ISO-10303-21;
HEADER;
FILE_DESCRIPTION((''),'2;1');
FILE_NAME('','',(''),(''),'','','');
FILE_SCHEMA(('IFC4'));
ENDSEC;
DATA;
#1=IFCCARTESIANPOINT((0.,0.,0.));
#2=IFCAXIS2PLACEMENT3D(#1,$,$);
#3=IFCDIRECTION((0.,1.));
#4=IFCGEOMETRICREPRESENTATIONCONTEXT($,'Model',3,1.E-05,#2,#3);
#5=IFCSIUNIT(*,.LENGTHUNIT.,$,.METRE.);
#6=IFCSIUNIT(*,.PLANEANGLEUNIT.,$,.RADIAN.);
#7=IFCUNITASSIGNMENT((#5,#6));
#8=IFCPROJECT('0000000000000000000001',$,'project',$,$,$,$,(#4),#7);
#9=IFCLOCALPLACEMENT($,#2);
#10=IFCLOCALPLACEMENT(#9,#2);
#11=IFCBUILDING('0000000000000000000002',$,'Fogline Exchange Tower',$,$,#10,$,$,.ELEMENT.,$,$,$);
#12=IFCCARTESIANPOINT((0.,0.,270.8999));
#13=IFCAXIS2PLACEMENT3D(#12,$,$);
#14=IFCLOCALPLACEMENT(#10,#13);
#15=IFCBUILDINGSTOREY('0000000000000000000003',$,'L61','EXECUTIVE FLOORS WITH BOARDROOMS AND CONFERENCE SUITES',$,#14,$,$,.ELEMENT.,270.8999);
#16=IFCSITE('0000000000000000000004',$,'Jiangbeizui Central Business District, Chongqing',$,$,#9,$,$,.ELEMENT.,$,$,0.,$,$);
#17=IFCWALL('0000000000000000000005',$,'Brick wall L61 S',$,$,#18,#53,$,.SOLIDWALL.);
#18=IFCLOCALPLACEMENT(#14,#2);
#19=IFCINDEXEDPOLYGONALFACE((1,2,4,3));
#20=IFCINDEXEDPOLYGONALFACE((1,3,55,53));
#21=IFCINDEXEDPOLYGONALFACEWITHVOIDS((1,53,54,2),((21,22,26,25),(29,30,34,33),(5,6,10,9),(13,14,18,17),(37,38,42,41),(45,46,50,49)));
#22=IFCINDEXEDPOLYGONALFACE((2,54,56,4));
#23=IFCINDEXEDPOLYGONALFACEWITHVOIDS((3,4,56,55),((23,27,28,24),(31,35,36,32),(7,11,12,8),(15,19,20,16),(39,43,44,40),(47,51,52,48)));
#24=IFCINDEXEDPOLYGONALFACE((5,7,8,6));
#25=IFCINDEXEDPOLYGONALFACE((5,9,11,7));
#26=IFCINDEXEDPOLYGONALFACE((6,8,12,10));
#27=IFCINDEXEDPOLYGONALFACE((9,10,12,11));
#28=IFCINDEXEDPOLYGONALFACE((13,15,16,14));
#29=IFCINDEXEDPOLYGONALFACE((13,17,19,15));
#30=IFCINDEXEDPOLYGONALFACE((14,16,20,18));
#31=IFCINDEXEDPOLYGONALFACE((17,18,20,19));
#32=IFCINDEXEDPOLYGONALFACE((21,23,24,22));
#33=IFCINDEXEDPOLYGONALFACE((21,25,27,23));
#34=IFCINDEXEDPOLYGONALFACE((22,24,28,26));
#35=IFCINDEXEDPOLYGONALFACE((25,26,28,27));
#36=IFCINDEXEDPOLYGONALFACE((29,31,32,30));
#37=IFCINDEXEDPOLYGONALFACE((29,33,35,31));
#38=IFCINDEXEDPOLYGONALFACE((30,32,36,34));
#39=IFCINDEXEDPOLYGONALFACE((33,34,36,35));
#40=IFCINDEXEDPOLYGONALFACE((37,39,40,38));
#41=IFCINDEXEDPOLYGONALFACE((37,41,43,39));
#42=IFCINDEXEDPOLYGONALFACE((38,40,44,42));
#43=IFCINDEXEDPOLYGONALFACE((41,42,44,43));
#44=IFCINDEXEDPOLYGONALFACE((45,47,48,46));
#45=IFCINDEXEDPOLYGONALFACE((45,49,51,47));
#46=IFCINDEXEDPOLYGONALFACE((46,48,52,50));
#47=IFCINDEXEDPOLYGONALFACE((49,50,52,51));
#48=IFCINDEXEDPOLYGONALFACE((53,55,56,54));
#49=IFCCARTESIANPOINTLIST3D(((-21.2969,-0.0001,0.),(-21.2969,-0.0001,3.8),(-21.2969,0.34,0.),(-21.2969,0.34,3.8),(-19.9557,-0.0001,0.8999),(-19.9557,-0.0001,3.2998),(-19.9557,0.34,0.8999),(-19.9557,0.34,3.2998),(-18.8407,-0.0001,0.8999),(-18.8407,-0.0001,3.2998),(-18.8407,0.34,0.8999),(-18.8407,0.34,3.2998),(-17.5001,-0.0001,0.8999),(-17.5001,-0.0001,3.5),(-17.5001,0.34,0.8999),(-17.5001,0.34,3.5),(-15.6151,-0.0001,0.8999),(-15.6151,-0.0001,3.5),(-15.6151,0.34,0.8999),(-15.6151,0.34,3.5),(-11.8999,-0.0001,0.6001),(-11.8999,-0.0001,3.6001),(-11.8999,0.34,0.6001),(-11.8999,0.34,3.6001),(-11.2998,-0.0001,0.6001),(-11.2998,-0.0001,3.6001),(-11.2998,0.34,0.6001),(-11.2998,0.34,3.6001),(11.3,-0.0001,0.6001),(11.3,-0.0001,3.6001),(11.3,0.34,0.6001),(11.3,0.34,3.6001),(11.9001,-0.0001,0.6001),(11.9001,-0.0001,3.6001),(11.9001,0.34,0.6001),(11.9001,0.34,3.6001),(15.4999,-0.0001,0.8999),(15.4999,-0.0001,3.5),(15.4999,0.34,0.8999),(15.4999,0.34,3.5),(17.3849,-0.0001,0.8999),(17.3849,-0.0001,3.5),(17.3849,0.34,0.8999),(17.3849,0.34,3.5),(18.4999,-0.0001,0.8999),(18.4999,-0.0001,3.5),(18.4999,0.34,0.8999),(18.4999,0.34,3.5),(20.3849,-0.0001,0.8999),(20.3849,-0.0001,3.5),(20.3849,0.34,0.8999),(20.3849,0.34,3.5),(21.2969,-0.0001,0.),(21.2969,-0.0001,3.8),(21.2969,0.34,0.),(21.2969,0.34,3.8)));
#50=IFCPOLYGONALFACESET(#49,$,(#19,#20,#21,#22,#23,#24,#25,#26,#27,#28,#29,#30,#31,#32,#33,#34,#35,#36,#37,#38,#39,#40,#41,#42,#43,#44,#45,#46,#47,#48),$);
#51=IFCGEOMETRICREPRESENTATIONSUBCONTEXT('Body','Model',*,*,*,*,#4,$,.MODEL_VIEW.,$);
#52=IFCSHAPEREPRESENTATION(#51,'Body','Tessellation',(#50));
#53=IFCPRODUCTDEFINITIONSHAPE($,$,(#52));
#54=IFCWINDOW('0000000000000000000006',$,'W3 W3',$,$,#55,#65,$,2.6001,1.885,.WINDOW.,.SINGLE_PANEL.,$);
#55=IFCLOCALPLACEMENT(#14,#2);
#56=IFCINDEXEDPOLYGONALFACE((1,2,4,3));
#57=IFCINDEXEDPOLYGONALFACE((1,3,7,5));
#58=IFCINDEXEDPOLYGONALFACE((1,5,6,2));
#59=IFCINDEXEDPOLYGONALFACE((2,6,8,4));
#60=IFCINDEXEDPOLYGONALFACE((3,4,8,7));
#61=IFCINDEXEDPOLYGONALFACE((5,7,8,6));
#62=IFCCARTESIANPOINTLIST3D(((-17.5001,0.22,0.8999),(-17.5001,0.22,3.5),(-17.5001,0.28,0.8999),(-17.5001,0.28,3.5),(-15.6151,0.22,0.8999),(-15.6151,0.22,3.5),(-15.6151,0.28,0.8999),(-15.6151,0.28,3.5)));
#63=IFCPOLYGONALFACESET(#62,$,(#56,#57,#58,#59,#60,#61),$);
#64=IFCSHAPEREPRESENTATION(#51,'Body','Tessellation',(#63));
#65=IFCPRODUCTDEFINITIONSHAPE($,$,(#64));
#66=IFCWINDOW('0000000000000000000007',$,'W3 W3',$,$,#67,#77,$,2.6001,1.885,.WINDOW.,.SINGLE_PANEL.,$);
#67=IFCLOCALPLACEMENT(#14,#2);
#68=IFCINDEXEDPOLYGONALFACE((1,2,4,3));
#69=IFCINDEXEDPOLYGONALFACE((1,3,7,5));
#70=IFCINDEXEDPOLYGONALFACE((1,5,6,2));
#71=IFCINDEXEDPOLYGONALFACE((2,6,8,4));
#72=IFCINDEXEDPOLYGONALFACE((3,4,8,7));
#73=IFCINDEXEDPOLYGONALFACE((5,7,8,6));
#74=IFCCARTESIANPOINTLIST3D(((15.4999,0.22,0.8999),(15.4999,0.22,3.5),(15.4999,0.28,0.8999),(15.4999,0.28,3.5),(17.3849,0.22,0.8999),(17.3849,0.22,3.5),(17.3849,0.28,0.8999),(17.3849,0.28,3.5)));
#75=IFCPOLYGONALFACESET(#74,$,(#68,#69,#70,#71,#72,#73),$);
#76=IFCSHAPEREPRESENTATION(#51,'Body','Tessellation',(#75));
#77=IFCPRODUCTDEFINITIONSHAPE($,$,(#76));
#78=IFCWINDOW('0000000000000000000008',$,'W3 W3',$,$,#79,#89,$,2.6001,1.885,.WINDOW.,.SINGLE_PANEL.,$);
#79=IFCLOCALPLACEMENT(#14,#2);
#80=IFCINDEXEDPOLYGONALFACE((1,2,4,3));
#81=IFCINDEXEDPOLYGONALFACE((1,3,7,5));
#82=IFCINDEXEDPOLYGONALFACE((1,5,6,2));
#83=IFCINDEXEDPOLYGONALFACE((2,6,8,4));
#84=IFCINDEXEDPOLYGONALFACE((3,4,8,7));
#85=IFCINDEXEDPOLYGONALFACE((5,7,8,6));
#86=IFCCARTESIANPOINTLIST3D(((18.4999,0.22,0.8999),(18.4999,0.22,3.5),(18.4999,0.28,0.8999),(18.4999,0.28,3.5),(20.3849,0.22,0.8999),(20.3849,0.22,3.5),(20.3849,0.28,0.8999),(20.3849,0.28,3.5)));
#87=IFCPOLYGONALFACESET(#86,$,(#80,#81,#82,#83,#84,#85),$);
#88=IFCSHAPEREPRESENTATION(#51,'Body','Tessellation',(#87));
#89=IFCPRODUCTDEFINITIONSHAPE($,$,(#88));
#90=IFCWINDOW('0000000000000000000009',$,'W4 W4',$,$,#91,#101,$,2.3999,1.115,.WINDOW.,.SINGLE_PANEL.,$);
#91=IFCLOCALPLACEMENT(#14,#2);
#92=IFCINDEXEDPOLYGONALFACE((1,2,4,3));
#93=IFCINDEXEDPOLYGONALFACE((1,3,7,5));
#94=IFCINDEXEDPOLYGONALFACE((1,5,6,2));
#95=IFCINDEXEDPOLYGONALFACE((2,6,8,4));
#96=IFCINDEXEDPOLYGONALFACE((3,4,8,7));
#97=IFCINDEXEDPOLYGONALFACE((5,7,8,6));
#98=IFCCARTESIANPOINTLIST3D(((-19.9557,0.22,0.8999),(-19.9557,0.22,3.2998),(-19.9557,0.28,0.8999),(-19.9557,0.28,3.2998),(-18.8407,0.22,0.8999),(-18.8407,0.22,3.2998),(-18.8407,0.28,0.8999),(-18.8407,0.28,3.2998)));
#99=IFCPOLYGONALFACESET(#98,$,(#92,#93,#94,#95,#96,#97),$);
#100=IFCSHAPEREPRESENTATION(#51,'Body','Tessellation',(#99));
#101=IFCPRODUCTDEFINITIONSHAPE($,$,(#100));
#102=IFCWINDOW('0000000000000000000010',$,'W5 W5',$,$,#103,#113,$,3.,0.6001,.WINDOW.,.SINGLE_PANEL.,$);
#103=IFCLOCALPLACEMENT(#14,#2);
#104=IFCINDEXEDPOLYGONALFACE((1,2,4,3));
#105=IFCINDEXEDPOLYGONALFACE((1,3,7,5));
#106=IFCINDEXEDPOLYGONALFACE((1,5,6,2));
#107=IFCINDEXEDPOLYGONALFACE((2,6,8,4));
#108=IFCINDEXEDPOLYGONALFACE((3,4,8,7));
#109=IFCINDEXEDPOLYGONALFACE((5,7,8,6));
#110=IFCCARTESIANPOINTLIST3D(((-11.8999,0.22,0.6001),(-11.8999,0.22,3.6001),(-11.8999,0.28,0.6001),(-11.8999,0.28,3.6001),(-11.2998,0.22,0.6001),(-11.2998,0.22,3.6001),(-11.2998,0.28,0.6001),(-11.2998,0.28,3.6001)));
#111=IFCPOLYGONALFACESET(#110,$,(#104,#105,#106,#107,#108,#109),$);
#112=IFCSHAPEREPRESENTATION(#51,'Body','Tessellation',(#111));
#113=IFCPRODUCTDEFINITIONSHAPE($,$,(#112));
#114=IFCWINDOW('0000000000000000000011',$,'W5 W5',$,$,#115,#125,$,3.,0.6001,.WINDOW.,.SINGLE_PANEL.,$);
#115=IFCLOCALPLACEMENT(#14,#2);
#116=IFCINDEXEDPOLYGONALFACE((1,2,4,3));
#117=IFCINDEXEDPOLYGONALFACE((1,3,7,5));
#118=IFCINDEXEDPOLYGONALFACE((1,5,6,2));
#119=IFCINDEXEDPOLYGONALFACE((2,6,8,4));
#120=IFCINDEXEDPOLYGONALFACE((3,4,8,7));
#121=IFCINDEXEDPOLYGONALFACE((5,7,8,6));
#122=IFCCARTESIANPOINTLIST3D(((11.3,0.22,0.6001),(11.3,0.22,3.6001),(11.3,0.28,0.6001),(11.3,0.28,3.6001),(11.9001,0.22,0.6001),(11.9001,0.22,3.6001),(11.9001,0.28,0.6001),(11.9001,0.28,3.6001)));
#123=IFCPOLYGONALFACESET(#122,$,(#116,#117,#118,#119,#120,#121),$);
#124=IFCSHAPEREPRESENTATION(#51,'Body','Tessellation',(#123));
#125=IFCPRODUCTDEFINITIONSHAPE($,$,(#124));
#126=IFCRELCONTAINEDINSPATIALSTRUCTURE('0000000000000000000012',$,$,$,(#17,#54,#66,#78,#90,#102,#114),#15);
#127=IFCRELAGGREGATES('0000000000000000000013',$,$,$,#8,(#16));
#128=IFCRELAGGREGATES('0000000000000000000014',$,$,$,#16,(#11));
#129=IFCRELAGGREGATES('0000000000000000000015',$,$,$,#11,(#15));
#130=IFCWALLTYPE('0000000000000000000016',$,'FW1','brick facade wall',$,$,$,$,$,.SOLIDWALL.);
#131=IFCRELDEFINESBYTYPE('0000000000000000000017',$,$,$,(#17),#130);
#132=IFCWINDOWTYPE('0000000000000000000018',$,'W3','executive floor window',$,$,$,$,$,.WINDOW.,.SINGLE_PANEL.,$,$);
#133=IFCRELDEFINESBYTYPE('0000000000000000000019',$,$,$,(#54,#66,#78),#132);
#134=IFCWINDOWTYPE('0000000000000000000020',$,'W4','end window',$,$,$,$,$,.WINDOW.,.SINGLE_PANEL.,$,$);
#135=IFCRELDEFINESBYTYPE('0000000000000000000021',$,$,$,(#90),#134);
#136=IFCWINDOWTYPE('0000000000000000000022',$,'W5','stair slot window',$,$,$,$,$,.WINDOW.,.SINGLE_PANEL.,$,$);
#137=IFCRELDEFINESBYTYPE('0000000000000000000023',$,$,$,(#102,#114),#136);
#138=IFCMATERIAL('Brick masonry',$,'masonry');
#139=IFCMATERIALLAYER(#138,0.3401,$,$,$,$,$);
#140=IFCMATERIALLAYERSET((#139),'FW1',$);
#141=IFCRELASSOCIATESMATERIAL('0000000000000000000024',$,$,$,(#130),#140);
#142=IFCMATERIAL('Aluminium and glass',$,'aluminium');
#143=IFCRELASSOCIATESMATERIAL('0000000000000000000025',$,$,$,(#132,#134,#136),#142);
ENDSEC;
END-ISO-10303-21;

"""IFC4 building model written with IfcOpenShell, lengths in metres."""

from ifc_helpers import new_model, si_unit, direction, frame, frame_2d, origin, place, context, subcontext, project, spatial, rectangle, extrude, material, layer, layer_set, type_object, element, fill, save


model = new_model("IFC4")

# Units and contexts
model_context = context("Model", 3, precision=1e-05, world=origin(), true_north=direction((0.0, 1.0)))
body_context = subcontext(model_context, "Body", "Model", "MODEL_VIEW")
ifc_project = project(units=[si_unit("LENGTHUNIT", "METRE"), si_unit("PLANEANGLEUNIT", "RADIAN")], contexts=[model_context])

# Site, building, storey
site_placement = place(None, origin())
site = spatial("IfcSite", under=ifc_project, at=site_placement, Name="Jiangbeizui Central Business District, Chongqing", CompositionType="ELEMENT", RefElevation=0.0)
building_placement = place(site_placement, origin())
building = spatial("IfcBuilding", under=site, at=building_placement, Name="Fogline Exchange Tower", CompositionType="ELEMENT")
storey_placement = place(building_placement, frame((0.0, 0.0, 270.8999)))
storey = spatial("IfcBuildingStorey", under=building, at=storey_placement, Name="L61", Description="EXECUTIVE FLOORS WITH BOARDROOMS AND CONFERENCE SUITES", CompositionType="ELEMENT", Elevation=270.8999)

# Shared definitions
ifc_material_1 = material(Name="Brick masonry", Category="masonry")
ifc_layer = layer(ifc_material_1, 0.3401)
ifc_layer_set = layer_set([ifc_layer], Name="FW1")
wall_type = type_object("IfcWallType", Name="FW1", Description="brick facade wall", PredefinedType="SOLIDWALL", material=ifc_layer_set)
ifc_material_2 = material(Name="Aluminium and glass", Category="aluminium")

# Wall, openings, windows
wall_1_placement = place(storey_placement, frame((-21.2969, 0.1699, 0.0), z_axis=(0.0, 0.0, 1.0), x_axis=(1.0, 0.0, 0.0)))
wall_1 = element("IfcWall", 1, at=wall_1_placement, inside=storey, type_object=wall_type, Name="Brick wall L61 S", PredefinedType="SOLIDWALL", context=body_context, shape_type="SweptSolid", body=[
    extrude(rectangle(XDim=42.5938, YDim=0.3401, at=frame_2d((21.2969, 0.0))), origin(), (0.0, 0.0, 1.0), 3.8),
])
opening_1_placement = place(wall_1_placement, frame((3.7969, 0.0, 0.8999)))
opening_1 = element("IfcOpeningElement", 2, at=opening_1_placement, cuts=wall_1, PredefinedType="OPENING", context=body_context, shape_type="SweptSolid", body=[
    extrude(rectangle(XDim=1.885, YDim=2.6001, at=frame_2d((0.9424, 1.3))), frame((0.0, 0.1802, 0.0), z_axis=(0.0, -1.0, 0.0), x_axis=(1.0, 0.0, 0.0)), (0.0, 0.0, 1.0), 0.3601),
])
opening_2_placement = place(wall_1_placement, frame((36.7969, 0.0, 0.8999)))
opening_2 = element("IfcOpeningElement", 3, at=opening_2_placement, cuts=wall_1, PredefinedType="OPENING", context=body_context, shape_type="SweptSolid", body=[
    extrude(rectangle(XDim=1.885, YDim=2.6001, at=frame_2d((0.9424, 1.3))), frame((0.0, 0.1802, 0.0), z_axis=(0.0, -1.0, 0.0), x_axis=(1.0, 0.0, 0.0)), (0.0, 0.0, 1.0), 0.3601),
])
opening_3_placement = place(wall_1_placement, frame((39.7969, 0.0, 0.8999)))
opening_3 = element("IfcOpeningElement", 4, at=opening_3_placement, cuts=wall_1, PredefinedType="OPENING", context=body_context, shape_type="SweptSolid", body=[
    extrude(rectangle(XDim=1.885, YDim=2.6001, at=frame_2d((0.9424, 1.3))), frame((0.0, 0.1802, 0.0), z_axis=(0.0, -1.0, 0.0), x_axis=(1.0, 0.0, 0.0)), (0.0, 0.0, 1.0), 0.3601),
])
opening_4_placement = place(wall_1_placement, frame((1.3411, 0.0, 0.8999)))
opening_4 = element("IfcOpeningElement", 5, at=opening_4_placement, cuts=wall_1, PredefinedType="OPENING", context=body_context, shape_type="SweptSolid", body=[
    extrude(rectangle(XDim=1.115, YDim=2.3999, at=frame_2d((0.5576, 1.2))), frame((0.0, 0.1802, 0.0), z_axis=(0.0, -1.0, 0.0), x_axis=(1.0, 0.0, 0.0)), (0.0, 0.0, 1.0), 0.3601),
])
opening_5_placement = place(wall_1_placement, frame((9.397, 0.0, 0.6001)))
opening_5 = element("IfcOpeningElement", 6, at=opening_5_placement, cuts=wall_1, PredefinedType="OPENING", context=body_context, shape_type="SweptSolid", body=[
    extrude(rectangle(XDim=0.6001, YDim=3.0, at=frame_2d((0.3, 1.5))), frame((0.0, 0.1802, 0.0), z_axis=(0.0, -1.0, 0.0), x_axis=(1.0, 0.0, 0.0)), (0.0, 0.0, 1.0), 0.3601),
])
opening_6_placement = place(wall_1_placement, frame((32.5969, 0.0, 0.6001)))
opening_6 = element("IfcOpeningElement", 7, at=opening_6_placement, cuts=wall_1, PredefinedType="OPENING", context=body_context, shape_type="SweptSolid", body=[
    extrude(rectangle(XDim=0.6001, YDim=3.0, at=frame_2d((0.3, 1.5))), frame((0.0, 0.1802, 0.0), z_axis=(0.0, -1.0, 0.0), x_axis=(1.0, 0.0, 0.0)), (0.0, 0.0, 1.0), 0.3601),
])
window_type_1 = type_object("IfcWindowType", Name="W3", Description="executive floor window", PartitioningType="SINGLE_PANEL", PredefinedType="WINDOW", material=ifc_material_2)
window_1_placement = place(opening_1_placement, origin())
window_1 = element("IfcWindow", 8, at=window_1_placement, inside=storey, type_object=window_type_1, Name="W3 W3", OverallHeight=2.6001, OverallWidth=1.885, PartitioningType="SINGLE_PANEL", PredefinedType="WINDOW", context=body_context, shape_type="SweptSolid", body=[
    extrude(rectangle(XDim=1.885, YDim=2.6001, at=frame_2d((0.9424, 1.3))), frame((0.0, 0.1101, 0.0), z_axis=(0.0, -1.0, 0.0), x_axis=(1.0, 0.0, 0.0)), (0.0, 0.0, 1.0), 0.0601),
])
fill(opening_1, window_1)
window_2_placement = place(opening_2_placement, origin())
window_2 = element("IfcWindow", 9, at=window_2_placement, inside=storey, type_object=window_type_1, Name="W3 W3", OverallHeight=2.6001, OverallWidth=1.885, PartitioningType="SINGLE_PANEL", PredefinedType="WINDOW", context=body_context, shape_type="SweptSolid", body=[
    extrude(rectangle(XDim=1.885, YDim=2.6001, at=frame_2d((0.9424, 1.3))), frame((0.0, 0.1101, 0.0), z_axis=(0.0, -1.0, 0.0), x_axis=(1.0, 0.0, 0.0)), (0.0, 0.0, 1.0), 0.0601),
])
fill(opening_2, window_2)
window_3_placement = place(opening_3_placement, origin())
window_3 = element("IfcWindow", 10, at=window_3_placement, inside=storey, type_object=window_type_1, Name="W3 W3", OverallHeight=2.6001, OverallWidth=1.885, PartitioningType="SINGLE_PANEL", PredefinedType="WINDOW", context=body_context, shape_type="SweptSolid", body=[
    extrude(rectangle(XDim=1.885, YDim=2.6001, at=frame_2d((0.9424, 1.3))), frame((0.0, 0.1101, 0.0), z_axis=(0.0, -1.0, 0.0), x_axis=(1.0, 0.0, 0.0)), (0.0, 0.0, 1.0), 0.0601),
])
fill(opening_3, window_3)
window_type_2 = type_object("IfcWindowType", Name="W4", Description="end window", PartitioningType="SINGLE_PANEL", PredefinedType="WINDOW", material=ifc_material_2)
window_4_placement = place(opening_4_placement, origin())
window_4 = element("IfcWindow", 11, at=window_4_placement, inside=storey, type_object=window_type_2, Name="W4 W4", OverallHeight=2.3999, OverallWidth=1.115, PartitioningType="SINGLE_PANEL", PredefinedType="WINDOW", context=body_context, shape_type="SweptSolid", body=[
    extrude(rectangle(XDim=1.115, YDim=2.3999, at=frame_2d((0.5576, 1.2))), frame((0.0, 0.1101, 0.0), z_axis=(0.0, -1.0, 0.0), x_axis=(1.0, 0.0, 0.0)), (0.0, 0.0, 1.0), 0.0601),
])
fill(opening_4, window_4)
window_type_3 = type_object("IfcWindowType", Name="W5", Description="stair slot window", PartitioningType="SINGLE_PANEL", PredefinedType="WINDOW", material=ifc_material_2)
window_5_placement = place(opening_5_placement, origin())
window_5 = element("IfcWindow", 12, at=window_5_placement, inside=storey, type_object=window_type_3, Name="W5 W5", OverallHeight=3.0, OverallWidth=0.6001, PartitioningType="SINGLE_PANEL", PredefinedType="WINDOW", context=body_context, shape_type="SweptSolid", body=[
    extrude(rectangle(XDim=0.6001, YDim=3.0, at=frame_2d((0.3, 1.5))), frame((0.0, 0.1101, 0.0), z_axis=(0.0, -1.0, 0.0), x_axis=(1.0, 0.0, 0.0)), (0.0, 0.0, 1.0), 0.0601),
])
fill(opening_5, window_5)
window_6_placement = place(opening_6_placement, origin())
window_6 = element("IfcWindow", 13, at=window_6_placement, inside=storey, type_object=window_type_3, Name="W5 W5", OverallHeight=3.0, OverallWidth=0.6001, PartitioningType="SINGLE_PANEL", PredefinedType="WINDOW", context=body_context, shape_type="SweptSolid", body=[
    extrude(rectangle(XDim=0.6001, YDim=3.0, at=frame_2d((0.3, 1.5))), frame((0.0, 0.1101, 0.0), z_axis=(0.0, -1.0, 0.0), x_axis=(1.0, 0.0, 0.0)), (0.0, 0.0, 1.0), 0.0601),
])
fill(opening_6, window_6)

save(model, "model.ifc")
